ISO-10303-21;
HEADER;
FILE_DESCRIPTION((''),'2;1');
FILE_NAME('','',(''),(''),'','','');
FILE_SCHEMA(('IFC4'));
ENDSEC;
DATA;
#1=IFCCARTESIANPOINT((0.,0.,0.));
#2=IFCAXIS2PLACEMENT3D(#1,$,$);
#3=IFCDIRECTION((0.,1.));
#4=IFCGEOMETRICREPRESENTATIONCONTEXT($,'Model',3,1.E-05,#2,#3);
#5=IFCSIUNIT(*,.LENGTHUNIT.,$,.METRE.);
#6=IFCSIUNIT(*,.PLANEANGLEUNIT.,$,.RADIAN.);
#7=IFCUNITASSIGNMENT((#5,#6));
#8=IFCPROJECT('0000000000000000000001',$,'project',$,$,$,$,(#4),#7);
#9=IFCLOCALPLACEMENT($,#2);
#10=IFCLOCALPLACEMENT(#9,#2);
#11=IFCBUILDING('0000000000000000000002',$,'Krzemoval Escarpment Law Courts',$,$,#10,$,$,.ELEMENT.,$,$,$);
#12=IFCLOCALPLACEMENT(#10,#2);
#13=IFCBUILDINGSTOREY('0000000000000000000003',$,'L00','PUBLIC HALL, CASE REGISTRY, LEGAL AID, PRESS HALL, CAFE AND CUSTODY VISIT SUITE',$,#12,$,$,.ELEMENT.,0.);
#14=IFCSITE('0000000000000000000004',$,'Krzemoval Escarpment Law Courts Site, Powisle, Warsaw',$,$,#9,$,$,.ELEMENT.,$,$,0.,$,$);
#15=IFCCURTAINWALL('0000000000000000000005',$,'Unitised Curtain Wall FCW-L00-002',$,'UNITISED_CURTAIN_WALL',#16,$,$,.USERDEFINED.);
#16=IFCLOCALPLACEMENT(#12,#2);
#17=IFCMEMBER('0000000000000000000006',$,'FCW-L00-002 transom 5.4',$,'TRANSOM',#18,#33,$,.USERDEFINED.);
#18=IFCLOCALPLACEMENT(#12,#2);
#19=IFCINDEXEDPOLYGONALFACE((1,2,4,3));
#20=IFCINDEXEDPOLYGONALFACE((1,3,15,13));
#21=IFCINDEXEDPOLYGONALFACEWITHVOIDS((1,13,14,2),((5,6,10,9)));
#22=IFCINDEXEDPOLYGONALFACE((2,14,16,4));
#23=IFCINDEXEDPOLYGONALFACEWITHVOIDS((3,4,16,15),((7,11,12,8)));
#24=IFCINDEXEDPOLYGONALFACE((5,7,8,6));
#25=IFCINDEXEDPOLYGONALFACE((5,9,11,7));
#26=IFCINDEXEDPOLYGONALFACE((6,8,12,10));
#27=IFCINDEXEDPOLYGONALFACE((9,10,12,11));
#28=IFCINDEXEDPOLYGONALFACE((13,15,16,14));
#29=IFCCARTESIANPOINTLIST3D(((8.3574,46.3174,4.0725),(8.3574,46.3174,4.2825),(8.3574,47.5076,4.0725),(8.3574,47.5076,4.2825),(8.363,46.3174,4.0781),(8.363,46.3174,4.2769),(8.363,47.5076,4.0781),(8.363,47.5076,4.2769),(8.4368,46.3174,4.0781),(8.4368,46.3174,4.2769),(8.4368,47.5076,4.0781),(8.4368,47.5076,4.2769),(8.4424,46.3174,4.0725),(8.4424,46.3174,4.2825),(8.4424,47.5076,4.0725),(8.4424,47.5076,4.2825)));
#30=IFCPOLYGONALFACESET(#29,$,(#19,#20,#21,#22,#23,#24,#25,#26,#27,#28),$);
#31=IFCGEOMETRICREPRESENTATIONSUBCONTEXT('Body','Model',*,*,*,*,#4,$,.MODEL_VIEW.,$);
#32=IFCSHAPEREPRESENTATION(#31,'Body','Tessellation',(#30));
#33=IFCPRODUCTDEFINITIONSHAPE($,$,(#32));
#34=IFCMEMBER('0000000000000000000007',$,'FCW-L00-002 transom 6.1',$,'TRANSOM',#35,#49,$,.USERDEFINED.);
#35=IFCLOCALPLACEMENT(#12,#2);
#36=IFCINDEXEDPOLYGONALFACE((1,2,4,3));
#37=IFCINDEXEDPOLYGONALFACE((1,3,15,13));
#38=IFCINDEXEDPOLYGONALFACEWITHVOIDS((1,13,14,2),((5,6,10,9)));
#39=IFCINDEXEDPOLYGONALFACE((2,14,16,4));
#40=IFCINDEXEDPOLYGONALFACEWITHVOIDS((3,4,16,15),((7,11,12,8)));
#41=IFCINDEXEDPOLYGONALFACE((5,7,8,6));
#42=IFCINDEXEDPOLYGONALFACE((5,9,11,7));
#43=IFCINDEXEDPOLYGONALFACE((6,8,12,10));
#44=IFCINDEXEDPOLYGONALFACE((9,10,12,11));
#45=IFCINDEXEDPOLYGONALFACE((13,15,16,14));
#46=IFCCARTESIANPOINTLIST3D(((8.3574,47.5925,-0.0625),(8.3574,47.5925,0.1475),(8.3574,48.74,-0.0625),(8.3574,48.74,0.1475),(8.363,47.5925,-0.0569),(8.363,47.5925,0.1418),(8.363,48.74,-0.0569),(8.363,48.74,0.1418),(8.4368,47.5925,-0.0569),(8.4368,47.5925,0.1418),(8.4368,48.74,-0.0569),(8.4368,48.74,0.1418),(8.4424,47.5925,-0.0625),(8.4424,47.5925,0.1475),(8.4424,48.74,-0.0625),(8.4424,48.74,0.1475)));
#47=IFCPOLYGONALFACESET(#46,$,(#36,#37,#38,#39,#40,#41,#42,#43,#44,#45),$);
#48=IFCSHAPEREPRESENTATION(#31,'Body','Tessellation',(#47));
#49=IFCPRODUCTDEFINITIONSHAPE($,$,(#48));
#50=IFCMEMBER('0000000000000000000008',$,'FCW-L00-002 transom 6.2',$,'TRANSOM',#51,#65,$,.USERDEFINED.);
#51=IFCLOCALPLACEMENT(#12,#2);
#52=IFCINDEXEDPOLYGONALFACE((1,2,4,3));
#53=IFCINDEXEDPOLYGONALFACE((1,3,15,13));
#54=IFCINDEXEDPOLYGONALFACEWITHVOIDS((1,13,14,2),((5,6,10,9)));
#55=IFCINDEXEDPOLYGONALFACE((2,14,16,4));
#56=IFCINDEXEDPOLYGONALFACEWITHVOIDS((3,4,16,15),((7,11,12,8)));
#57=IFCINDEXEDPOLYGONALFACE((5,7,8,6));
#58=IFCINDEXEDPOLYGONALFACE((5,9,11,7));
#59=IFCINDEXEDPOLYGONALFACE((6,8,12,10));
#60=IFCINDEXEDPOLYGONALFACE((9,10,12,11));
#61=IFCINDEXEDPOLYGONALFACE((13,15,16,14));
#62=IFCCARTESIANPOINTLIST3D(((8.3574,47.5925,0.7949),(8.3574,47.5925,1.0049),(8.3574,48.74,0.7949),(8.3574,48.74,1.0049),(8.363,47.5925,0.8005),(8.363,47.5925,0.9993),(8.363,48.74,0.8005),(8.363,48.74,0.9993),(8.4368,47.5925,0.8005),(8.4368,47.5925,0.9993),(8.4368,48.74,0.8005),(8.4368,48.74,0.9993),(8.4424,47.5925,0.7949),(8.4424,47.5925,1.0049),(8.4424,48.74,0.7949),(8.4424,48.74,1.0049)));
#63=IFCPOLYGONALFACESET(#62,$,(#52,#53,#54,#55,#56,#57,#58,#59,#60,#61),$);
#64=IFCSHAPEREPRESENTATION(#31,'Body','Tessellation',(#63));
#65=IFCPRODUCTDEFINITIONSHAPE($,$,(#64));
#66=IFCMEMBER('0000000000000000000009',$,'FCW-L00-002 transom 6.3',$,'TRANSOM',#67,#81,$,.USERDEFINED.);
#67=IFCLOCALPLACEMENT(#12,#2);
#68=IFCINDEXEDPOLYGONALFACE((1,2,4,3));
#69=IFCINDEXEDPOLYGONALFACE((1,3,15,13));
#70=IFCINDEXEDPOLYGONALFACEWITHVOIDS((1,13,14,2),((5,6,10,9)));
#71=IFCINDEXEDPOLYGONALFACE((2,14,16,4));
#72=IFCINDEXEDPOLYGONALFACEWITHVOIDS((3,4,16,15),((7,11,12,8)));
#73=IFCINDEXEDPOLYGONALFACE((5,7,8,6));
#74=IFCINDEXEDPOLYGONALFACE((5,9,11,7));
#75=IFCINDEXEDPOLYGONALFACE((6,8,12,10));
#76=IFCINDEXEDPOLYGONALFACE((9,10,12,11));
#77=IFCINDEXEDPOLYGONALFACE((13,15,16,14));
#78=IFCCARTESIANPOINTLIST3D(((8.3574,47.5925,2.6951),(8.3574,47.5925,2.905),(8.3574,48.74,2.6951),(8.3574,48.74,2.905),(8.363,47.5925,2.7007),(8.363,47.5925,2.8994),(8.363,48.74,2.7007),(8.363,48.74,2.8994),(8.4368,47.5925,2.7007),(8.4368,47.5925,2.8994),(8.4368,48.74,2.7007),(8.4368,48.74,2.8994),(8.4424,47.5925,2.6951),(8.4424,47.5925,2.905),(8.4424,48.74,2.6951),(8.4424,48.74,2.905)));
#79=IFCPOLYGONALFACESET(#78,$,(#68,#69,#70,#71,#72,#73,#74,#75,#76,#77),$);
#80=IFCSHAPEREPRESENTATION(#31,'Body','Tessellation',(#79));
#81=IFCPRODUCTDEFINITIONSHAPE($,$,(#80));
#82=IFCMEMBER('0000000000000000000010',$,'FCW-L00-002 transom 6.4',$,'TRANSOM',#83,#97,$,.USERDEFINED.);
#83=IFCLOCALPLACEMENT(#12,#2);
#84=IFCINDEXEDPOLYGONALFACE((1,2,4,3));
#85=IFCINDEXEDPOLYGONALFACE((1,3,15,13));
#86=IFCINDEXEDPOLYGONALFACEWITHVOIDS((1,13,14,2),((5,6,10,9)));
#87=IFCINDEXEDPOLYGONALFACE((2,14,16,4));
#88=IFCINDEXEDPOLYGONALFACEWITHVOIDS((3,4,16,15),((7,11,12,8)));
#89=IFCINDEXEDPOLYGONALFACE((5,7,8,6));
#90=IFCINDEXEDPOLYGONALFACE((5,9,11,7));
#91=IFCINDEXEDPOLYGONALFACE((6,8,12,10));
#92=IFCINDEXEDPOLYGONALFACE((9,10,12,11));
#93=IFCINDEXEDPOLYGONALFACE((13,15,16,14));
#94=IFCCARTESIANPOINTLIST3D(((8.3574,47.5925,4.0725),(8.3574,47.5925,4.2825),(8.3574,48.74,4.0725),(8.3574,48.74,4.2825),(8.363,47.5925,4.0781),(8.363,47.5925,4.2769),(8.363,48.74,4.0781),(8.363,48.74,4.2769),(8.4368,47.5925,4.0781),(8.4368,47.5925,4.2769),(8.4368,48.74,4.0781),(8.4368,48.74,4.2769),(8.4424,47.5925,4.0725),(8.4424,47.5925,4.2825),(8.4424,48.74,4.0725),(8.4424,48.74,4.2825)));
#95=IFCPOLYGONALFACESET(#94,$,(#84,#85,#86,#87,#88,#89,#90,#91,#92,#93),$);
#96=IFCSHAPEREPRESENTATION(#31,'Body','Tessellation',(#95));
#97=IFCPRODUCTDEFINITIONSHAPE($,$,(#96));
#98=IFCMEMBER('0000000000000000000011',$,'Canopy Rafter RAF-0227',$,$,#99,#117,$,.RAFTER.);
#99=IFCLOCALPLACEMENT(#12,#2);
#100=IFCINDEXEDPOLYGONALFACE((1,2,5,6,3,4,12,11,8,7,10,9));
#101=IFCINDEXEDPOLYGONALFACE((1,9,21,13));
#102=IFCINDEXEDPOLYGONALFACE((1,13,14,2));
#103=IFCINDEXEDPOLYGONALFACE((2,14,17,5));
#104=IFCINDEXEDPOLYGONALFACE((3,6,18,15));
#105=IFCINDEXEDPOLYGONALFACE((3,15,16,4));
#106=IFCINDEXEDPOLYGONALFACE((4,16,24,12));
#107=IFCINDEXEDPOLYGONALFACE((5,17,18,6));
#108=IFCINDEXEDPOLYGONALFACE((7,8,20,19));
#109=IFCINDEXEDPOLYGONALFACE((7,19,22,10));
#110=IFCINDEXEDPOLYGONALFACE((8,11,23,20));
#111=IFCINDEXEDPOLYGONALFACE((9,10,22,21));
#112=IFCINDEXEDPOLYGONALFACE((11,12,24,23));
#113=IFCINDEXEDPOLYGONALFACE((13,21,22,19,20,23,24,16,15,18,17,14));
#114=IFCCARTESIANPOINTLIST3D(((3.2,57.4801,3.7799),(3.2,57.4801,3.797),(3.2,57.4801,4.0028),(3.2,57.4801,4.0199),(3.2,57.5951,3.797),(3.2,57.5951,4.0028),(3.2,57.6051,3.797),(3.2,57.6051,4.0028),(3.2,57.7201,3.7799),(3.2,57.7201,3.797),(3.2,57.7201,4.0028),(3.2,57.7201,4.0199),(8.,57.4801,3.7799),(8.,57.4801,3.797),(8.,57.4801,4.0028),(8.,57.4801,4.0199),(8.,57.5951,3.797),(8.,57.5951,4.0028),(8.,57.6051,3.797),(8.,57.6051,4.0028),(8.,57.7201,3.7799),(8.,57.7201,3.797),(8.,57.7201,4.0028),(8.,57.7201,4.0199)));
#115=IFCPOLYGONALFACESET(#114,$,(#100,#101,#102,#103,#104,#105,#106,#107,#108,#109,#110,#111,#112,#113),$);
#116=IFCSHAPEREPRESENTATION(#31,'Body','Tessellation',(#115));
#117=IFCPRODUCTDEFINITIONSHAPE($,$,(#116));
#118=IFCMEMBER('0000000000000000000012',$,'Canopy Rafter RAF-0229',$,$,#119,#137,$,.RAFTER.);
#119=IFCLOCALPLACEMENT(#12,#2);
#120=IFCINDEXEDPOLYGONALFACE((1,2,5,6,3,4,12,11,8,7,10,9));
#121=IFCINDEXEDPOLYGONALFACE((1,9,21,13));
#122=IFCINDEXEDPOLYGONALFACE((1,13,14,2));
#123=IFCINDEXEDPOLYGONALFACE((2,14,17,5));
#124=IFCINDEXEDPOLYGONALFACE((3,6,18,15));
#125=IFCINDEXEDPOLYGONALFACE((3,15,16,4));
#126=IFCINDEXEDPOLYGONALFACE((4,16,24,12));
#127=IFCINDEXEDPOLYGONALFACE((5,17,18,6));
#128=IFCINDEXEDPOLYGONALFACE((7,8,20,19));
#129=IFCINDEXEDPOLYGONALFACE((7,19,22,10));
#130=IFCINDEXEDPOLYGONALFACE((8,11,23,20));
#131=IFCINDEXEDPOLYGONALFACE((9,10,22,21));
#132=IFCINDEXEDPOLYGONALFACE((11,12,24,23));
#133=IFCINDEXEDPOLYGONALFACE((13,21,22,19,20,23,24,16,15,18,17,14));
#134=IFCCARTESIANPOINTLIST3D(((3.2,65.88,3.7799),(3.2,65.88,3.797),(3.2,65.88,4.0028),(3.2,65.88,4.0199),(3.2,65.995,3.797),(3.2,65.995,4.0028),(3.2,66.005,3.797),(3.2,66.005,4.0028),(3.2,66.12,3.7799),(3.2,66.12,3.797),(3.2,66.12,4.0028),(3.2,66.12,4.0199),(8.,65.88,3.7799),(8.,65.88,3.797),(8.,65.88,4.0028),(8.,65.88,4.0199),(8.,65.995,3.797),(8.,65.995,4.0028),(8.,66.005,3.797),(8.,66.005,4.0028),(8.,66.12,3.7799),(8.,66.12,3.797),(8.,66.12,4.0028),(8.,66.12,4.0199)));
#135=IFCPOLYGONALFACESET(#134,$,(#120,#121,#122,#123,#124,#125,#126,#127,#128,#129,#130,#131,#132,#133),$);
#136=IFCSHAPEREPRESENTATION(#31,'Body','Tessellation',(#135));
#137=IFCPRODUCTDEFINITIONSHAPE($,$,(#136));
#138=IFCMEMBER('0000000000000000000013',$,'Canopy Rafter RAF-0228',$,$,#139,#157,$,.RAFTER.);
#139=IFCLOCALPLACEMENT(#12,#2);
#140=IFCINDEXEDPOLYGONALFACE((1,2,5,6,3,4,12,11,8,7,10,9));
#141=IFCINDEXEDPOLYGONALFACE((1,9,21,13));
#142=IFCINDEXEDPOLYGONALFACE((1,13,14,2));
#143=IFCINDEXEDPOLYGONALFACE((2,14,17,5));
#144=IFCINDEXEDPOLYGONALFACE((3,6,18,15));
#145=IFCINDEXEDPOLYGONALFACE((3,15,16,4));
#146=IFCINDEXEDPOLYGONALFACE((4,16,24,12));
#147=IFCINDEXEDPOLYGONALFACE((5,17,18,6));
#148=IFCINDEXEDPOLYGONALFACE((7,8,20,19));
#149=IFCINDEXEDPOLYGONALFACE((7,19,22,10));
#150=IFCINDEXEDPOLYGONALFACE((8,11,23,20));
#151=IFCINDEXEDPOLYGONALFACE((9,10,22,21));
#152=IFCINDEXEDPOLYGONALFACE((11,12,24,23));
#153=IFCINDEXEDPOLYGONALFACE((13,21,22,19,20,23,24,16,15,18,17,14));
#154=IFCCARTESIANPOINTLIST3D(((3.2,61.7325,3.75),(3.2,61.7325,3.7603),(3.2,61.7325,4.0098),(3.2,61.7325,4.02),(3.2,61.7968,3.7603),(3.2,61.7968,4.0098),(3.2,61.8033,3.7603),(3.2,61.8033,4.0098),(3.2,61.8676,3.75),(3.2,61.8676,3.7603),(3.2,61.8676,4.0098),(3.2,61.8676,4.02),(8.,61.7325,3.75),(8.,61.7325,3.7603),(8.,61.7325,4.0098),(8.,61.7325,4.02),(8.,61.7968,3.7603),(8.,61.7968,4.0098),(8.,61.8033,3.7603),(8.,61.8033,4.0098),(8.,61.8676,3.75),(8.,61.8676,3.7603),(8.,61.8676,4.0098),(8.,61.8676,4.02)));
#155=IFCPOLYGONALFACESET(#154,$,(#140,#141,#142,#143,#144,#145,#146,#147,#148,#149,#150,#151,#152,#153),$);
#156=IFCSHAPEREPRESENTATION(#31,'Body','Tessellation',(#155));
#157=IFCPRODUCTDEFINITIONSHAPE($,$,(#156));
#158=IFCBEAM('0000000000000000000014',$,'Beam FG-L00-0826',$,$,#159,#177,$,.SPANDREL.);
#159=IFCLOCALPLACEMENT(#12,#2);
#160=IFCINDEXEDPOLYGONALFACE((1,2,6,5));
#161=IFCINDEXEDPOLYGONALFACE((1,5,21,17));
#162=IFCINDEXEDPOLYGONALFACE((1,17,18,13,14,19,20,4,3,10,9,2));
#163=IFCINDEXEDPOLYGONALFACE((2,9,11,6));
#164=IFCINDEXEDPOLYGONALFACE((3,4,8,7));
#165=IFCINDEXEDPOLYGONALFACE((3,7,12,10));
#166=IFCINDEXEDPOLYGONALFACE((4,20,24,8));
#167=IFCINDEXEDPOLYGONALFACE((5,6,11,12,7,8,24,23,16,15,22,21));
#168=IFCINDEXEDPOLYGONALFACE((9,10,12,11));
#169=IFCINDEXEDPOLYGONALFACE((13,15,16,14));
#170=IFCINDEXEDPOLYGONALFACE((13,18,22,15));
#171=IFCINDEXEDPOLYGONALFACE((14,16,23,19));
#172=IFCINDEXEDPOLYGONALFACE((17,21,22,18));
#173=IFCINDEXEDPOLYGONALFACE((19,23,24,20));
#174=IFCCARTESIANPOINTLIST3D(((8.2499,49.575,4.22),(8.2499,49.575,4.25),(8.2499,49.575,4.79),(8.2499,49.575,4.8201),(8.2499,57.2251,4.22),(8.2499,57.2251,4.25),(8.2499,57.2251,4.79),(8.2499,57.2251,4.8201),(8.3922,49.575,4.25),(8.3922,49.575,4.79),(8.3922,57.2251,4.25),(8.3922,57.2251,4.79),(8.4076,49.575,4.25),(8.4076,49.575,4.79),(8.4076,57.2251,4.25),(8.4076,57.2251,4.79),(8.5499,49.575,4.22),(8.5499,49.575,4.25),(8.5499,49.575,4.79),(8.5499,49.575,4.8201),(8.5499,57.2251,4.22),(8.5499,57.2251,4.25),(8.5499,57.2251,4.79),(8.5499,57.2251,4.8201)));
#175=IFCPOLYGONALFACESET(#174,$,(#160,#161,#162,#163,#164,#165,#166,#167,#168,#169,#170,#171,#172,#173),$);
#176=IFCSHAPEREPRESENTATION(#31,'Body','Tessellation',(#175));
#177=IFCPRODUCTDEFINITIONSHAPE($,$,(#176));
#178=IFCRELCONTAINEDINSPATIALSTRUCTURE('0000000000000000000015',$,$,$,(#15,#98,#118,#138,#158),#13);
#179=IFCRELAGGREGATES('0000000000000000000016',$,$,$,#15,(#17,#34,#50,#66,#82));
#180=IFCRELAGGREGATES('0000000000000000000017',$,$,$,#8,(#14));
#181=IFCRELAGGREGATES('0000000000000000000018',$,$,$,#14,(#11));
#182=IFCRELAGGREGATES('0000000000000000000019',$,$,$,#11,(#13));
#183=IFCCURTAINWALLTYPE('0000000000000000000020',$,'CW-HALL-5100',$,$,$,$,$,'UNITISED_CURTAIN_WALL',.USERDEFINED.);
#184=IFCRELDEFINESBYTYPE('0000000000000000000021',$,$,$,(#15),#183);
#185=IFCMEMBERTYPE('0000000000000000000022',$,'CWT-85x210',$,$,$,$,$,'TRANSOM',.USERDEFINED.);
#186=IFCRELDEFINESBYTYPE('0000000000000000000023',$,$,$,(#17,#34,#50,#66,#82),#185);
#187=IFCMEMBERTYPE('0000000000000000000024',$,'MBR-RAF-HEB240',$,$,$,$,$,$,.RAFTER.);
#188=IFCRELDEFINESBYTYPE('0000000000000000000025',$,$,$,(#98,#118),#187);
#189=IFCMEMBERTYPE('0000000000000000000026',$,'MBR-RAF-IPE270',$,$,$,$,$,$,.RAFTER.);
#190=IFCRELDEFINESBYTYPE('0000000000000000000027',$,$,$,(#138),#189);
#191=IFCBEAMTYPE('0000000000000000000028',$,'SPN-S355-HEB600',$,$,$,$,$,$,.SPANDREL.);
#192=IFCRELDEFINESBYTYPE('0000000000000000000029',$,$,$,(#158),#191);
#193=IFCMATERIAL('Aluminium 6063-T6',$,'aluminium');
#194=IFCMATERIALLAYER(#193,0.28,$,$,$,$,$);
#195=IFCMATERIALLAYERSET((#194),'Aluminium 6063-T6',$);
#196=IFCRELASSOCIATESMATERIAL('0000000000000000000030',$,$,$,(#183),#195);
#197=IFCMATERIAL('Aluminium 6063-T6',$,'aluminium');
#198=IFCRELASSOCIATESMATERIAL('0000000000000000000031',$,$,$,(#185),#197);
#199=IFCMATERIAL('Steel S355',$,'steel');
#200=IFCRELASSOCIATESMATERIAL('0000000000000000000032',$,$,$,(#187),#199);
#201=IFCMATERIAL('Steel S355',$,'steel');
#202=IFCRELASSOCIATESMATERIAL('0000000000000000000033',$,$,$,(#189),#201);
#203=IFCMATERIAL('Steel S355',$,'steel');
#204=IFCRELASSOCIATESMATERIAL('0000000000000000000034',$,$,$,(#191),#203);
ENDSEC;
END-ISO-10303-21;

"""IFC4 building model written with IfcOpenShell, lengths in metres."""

from ifc_helpers import new_model, si_unit, direction, frame, origin, origin_2d, place, context, subcontext, project, spatial, hollow_rectangle, i_section, extrude, material, layer, layer_set, material_profile, profile_set, type_object, element, aggregate, save


model = new_model("IFC4")

# Units and contexts
model_context = context("Model", 3, precision=1e-05, world=origin(), true_north=direction((0.0, 1.0)))
body_context = subcontext(model_context, "Body", "Model", "MODEL_VIEW")
ifc_project = project(units=[si_unit("LENGTHUNIT", "METRE"), si_unit("PLANEANGLEUNIT", "RADIAN")], contexts=[model_context])

# Site, building, storey
site_placement = place(None, origin())
site = spatial("IfcSite", under=ifc_project, at=site_placement, Name="Krzemoval Escarpment Law Courts Site, Powisle, Warsaw", CompositionType="ELEMENT", RefElevation=0.0)
building_placement = place(site_placement, origin())
building = spatial("IfcBuilding", under=site, at=building_placement, Name="Krzemoval Escarpment Law Courts", CompositionType="ELEMENT")
storey_placement = place(building_placement, origin())
storey = spatial("IfcBuildingStorey", under=building, at=storey_placement, Name="L00", Description="PUBLIC HALL, CASE REGISTRY, LEGAL AID, PRESS HALL, CAFE AND CUSTODY VISIT SUITE", CompositionType="ELEMENT", Elevation=0.0)

# Curtain wall, members
ifc_material_1 = material(Name="Aluminium 6063-T6", Category="aluminium")
ifc_layer_1 = layer(ifc_material_1, 0.28)
ifc_layer_set_1 = layer_set([ifc_layer_1], Name="Aluminium 6063-T6")
curtain_wall_type = type_object("IfcCurtainWallType", Name="CW-HALL-5100", ElementType="UNITISED_CURTAIN_WALL", PredefinedType="USERDEFINED", material=ifc_layer_set_1)
curtain_wall_placement = place(storey_placement, origin())
curtain_wall = element("IfcCurtainWall", 1, at=curtain_wall_placement, inside=storey, type_object=curtain_wall_type, Name="Unitised Curtain Wall FCW-L00-002", ObjectType="UNITISED_CURTAIN_WALL", PredefinedType="USERDEFINED")
ifc_material_2 = material(Name="Aluminium 6063-T6", Category="aluminium")
ifc_material_profile_1 = material_profile(ifc_material_2, hollow_rectangle(XDim=0.085, YDim=0.21, WallThickness=0.0056, at=origin_2d()), Name="ALU T85x210")
ifc_profile_set_1 = profile_set([ifc_material_profile_1], Name="Aluminium 6063-T6")
member_type_1 = type_object("IfcMemberType", Name="CWT-85x210", ElementType="TRANSOM", PredefinedType="USERDEFINED", material=ifc_profile_set_1)
member_1_placement = place(storey_placement, frame((8.3999, 46.3174, 4.1775), z_axis=(0.0, 1.0, 0.0), x_axis=(-1.0, 0.0, 0.0)))
member_1 = element("IfcMember", 2, at=member_1_placement, type_object=member_type_1, Name="FCW-L00-002 transom 5.4", ObjectType="TRANSOM", PredefinedType="USERDEFINED", context=body_context, shape_type="SweptSolid", body=[
    extrude(hollow_rectangle(XDim=0.085, YDim=0.21, WallThickness=0.0056, at=origin_2d()), origin(), (0.0, 0.0, 1.0), 1.1902),
])
member_2_placement = place(storey_placement, frame((8.3999, 47.5925, 0.0425), z_axis=(0.0, 1.0, 0.0), x_axis=(-1.0, 0.0, 0.0)))
member_2 = element("IfcMember", 3, at=member_2_placement, type_object=member_type_1, Name="FCW-L00-002 transom 6.1", ObjectType="TRANSOM", PredefinedType="USERDEFINED", context=body_context, shape_type="SweptSolid", body=[
    extrude(hollow_rectangle(XDim=0.085, YDim=0.21, WallThickness=0.0056, at=origin_2d()), origin(), (0.0, 0.0, 1.0), 1.1475),
])
member_3_placement = place(storey_placement, frame((8.3999, 47.5925, 0.8999), z_axis=(0.0, 1.0, 0.0), x_axis=(-1.0, 0.0, 0.0)))
member_3 = element("IfcMember", 4, at=member_3_placement, type_object=member_type_1, Name="FCW-L00-002 transom 6.2", ObjectType="TRANSOM", PredefinedType="USERDEFINED", context=body_context, shape_type="SweptSolid", body=[
    extrude(hollow_rectangle(XDim=0.085, YDim=0.21, WallThickness=0.0056, at=origin_2d()), origin(), (0.0, 0.0, 1.0), 1.1475),
])
member_4_placement = place(storey_placement, frame((8.3999, 47.5925, 2.8), z_axis=(0.0, 1.0, 0.0), x_axis=(-1.0, 0.0, 0.0)))
member_4 = element("IfcMember", 5, at=member_4_placement, type_object=member_type_1, Name="FCW-L00-002 transom 6.3", ObjectType="TRANSOM", PredefinedType="USERDEFINED", context=body_context, shape_type="SweptSolid", body=[
    extrude(hollow_rectangle(XDim=0.085, YDim=0.21, WallThickness=0.0056, at=origin_2d()), origin(), (0.0, 0.0, 1.0), 1.1475),
])
member_5_placement = place(storey_placement, frame((8.3999, 47.5925, 4.1775), z_axis=(0.0, 1.0, 0.0), x_axis=(-1.0, 0.0, 0.0)))
member_5 = element("IfcMember", 6, at=member_5_placement, type_object=member_type_1, Name="FCW-L00-002 transom 6.4", ObjectType="TRANSOM", PredefinedType="USERDEFINED", context=body_context, shape_type="SweptSolid", body=[
    extrude(hollow_rectangle(XDim=0.085, YDim=0.21, WallThickness=0.0056, at=origin_2d()), origin(), (0.0, 0.0, 1.0), 1.1475),
])

# Members
ifc_material_3 = material(Name="Steel S355", Category="steel")
ifc_material_profile_2 = material_profile(ifc_material_3, i_section(OverallWidth=0.24, OverallDepth=0.24, WebThickness=0.01, FlangeThickness=0.0171, at=origin_2d()), Name="HEB 240")
ifc_profile_set_2 = profile_set([ifc_material_profile_2], Name="Steel S355")
member_type_2 = type_object("IfcMemberType", Name="MBR-RAF-HEB240", PredefinedType="RAFTER", material=ifc_profile_set_2)
for number, where, z_axis, x_axis, name in (
    (7, (3.2, 57.6001, 3.8999), (1.0, 0.0, 0.0), (0.0, 1.0, 0.0), "Canopy Rafter RAF-0227"),
    (8, (3.2, 66.0, 3.8999), (1.0, 0.0, 0.0), (0.0, 1.0, 0.0), "Canopy Rafter RAF-0229"),
):
    element("IfcMember", number, at=place(storey_placement, frame(where, z_axis=z_axis, x_axis=x_axis)), inside=storey, type_object=member_type_2, Name=name, PredefinedType="RAFTER", context=body_context, shape_type="SweptSolid", body=[
        extrude(i_section(OverallWidth=0.24, OverallDepth=0.24, WebThickness=0.01, FlangeThickness=0.0171, at=origin_2d()), origin(), (0.0, 0.0, 1.0), 4.8),
    ])
ifc_material_4 = material(Name="Steel S355", Category="steel")
ifc_material_profile_3 = material_profile(ifc_material_4, i_section(OverallWidth=0.135, OverallDepth=0.27, WebThickness=0.0066, FlangeThickness=0.0103, at=origin_2d()), Name="IPE 270")
ifc_profile_set_3 = profile_set([ifc_material_profile_3], Name="Steel S355")
member_type_3 = type_object("IfcMemberType", Name="MBR-RAF-IPE270", PredefinedType="RAFTER", material=ifc_profile_set_3)
member_6_placement = place(storey_placement, frame((3.2, 61.8, 3.885), z_axis=(1.0, 0.0, 0.0), x_axis=(0.0, 1.0, 0.0)))
element("IfcMember", 9, at=member_6_placement, inside=storey, type_object=member_type_3, Name="Canopy Rafter RAF-0228", PredefinedType="RAFTER", context=body_context, shape_type="SweptSolid", body=[
    extrude(i_section(OverallWidth=0.135, OverallDepth=0.27, WebThickness=0.0066, FlangeThickness=0.0103, at=origin_2d()), origin(), (0.0, 0.0, 1.0), 4.8),
])

# Beam
ifc_material_5 = material(Name="Steel S355", Category="steel")
ifc_material_profile_4 = material_profile(ifc_material_5, i_section(OverallWidth=0.3, OverallDepth=0.6001, WebThickness=0.0154, FlangeThickness=0.03, at=origin_2d()), Name="HEB 600")
ifc_profile_set_4 = profile_set([ifc_material_profile_4], Name="Steel S355")
beam_type_1 = type_object("IfcBeamType", Name="SPN-S355-HEB600", PredefinedType="SPANDREL", material=ifc_profile_set_4)
beam_1_placement = place(storey_placement, frame((8.3999, 49.575, 4.52), z_axis=(0.0, 1.0, 0.0), x_axis=(-1.0, 0.0, 0.0)))
element("IfcBeam", 10, at=beam_1_placement, inside=storey, type_object=beam_type_1, Name="Beam FG-L00-0826", PredefinedType="SPANDREL", context=body_context, shape_type="SweptSolid", body=[
    extrude(i_section(OverallWidth=0.3, OverallDepth=0.6001, WebThickness=0.0154, FlangeThickness=0.03, at=origin_2d()), origin(), (0.0, 0.0, 1.0), 7.6501),
])

aggregate(curtain_wall, [member_1, member_2, member_3, member_4, member_5])

save(model, "model.ifc")
